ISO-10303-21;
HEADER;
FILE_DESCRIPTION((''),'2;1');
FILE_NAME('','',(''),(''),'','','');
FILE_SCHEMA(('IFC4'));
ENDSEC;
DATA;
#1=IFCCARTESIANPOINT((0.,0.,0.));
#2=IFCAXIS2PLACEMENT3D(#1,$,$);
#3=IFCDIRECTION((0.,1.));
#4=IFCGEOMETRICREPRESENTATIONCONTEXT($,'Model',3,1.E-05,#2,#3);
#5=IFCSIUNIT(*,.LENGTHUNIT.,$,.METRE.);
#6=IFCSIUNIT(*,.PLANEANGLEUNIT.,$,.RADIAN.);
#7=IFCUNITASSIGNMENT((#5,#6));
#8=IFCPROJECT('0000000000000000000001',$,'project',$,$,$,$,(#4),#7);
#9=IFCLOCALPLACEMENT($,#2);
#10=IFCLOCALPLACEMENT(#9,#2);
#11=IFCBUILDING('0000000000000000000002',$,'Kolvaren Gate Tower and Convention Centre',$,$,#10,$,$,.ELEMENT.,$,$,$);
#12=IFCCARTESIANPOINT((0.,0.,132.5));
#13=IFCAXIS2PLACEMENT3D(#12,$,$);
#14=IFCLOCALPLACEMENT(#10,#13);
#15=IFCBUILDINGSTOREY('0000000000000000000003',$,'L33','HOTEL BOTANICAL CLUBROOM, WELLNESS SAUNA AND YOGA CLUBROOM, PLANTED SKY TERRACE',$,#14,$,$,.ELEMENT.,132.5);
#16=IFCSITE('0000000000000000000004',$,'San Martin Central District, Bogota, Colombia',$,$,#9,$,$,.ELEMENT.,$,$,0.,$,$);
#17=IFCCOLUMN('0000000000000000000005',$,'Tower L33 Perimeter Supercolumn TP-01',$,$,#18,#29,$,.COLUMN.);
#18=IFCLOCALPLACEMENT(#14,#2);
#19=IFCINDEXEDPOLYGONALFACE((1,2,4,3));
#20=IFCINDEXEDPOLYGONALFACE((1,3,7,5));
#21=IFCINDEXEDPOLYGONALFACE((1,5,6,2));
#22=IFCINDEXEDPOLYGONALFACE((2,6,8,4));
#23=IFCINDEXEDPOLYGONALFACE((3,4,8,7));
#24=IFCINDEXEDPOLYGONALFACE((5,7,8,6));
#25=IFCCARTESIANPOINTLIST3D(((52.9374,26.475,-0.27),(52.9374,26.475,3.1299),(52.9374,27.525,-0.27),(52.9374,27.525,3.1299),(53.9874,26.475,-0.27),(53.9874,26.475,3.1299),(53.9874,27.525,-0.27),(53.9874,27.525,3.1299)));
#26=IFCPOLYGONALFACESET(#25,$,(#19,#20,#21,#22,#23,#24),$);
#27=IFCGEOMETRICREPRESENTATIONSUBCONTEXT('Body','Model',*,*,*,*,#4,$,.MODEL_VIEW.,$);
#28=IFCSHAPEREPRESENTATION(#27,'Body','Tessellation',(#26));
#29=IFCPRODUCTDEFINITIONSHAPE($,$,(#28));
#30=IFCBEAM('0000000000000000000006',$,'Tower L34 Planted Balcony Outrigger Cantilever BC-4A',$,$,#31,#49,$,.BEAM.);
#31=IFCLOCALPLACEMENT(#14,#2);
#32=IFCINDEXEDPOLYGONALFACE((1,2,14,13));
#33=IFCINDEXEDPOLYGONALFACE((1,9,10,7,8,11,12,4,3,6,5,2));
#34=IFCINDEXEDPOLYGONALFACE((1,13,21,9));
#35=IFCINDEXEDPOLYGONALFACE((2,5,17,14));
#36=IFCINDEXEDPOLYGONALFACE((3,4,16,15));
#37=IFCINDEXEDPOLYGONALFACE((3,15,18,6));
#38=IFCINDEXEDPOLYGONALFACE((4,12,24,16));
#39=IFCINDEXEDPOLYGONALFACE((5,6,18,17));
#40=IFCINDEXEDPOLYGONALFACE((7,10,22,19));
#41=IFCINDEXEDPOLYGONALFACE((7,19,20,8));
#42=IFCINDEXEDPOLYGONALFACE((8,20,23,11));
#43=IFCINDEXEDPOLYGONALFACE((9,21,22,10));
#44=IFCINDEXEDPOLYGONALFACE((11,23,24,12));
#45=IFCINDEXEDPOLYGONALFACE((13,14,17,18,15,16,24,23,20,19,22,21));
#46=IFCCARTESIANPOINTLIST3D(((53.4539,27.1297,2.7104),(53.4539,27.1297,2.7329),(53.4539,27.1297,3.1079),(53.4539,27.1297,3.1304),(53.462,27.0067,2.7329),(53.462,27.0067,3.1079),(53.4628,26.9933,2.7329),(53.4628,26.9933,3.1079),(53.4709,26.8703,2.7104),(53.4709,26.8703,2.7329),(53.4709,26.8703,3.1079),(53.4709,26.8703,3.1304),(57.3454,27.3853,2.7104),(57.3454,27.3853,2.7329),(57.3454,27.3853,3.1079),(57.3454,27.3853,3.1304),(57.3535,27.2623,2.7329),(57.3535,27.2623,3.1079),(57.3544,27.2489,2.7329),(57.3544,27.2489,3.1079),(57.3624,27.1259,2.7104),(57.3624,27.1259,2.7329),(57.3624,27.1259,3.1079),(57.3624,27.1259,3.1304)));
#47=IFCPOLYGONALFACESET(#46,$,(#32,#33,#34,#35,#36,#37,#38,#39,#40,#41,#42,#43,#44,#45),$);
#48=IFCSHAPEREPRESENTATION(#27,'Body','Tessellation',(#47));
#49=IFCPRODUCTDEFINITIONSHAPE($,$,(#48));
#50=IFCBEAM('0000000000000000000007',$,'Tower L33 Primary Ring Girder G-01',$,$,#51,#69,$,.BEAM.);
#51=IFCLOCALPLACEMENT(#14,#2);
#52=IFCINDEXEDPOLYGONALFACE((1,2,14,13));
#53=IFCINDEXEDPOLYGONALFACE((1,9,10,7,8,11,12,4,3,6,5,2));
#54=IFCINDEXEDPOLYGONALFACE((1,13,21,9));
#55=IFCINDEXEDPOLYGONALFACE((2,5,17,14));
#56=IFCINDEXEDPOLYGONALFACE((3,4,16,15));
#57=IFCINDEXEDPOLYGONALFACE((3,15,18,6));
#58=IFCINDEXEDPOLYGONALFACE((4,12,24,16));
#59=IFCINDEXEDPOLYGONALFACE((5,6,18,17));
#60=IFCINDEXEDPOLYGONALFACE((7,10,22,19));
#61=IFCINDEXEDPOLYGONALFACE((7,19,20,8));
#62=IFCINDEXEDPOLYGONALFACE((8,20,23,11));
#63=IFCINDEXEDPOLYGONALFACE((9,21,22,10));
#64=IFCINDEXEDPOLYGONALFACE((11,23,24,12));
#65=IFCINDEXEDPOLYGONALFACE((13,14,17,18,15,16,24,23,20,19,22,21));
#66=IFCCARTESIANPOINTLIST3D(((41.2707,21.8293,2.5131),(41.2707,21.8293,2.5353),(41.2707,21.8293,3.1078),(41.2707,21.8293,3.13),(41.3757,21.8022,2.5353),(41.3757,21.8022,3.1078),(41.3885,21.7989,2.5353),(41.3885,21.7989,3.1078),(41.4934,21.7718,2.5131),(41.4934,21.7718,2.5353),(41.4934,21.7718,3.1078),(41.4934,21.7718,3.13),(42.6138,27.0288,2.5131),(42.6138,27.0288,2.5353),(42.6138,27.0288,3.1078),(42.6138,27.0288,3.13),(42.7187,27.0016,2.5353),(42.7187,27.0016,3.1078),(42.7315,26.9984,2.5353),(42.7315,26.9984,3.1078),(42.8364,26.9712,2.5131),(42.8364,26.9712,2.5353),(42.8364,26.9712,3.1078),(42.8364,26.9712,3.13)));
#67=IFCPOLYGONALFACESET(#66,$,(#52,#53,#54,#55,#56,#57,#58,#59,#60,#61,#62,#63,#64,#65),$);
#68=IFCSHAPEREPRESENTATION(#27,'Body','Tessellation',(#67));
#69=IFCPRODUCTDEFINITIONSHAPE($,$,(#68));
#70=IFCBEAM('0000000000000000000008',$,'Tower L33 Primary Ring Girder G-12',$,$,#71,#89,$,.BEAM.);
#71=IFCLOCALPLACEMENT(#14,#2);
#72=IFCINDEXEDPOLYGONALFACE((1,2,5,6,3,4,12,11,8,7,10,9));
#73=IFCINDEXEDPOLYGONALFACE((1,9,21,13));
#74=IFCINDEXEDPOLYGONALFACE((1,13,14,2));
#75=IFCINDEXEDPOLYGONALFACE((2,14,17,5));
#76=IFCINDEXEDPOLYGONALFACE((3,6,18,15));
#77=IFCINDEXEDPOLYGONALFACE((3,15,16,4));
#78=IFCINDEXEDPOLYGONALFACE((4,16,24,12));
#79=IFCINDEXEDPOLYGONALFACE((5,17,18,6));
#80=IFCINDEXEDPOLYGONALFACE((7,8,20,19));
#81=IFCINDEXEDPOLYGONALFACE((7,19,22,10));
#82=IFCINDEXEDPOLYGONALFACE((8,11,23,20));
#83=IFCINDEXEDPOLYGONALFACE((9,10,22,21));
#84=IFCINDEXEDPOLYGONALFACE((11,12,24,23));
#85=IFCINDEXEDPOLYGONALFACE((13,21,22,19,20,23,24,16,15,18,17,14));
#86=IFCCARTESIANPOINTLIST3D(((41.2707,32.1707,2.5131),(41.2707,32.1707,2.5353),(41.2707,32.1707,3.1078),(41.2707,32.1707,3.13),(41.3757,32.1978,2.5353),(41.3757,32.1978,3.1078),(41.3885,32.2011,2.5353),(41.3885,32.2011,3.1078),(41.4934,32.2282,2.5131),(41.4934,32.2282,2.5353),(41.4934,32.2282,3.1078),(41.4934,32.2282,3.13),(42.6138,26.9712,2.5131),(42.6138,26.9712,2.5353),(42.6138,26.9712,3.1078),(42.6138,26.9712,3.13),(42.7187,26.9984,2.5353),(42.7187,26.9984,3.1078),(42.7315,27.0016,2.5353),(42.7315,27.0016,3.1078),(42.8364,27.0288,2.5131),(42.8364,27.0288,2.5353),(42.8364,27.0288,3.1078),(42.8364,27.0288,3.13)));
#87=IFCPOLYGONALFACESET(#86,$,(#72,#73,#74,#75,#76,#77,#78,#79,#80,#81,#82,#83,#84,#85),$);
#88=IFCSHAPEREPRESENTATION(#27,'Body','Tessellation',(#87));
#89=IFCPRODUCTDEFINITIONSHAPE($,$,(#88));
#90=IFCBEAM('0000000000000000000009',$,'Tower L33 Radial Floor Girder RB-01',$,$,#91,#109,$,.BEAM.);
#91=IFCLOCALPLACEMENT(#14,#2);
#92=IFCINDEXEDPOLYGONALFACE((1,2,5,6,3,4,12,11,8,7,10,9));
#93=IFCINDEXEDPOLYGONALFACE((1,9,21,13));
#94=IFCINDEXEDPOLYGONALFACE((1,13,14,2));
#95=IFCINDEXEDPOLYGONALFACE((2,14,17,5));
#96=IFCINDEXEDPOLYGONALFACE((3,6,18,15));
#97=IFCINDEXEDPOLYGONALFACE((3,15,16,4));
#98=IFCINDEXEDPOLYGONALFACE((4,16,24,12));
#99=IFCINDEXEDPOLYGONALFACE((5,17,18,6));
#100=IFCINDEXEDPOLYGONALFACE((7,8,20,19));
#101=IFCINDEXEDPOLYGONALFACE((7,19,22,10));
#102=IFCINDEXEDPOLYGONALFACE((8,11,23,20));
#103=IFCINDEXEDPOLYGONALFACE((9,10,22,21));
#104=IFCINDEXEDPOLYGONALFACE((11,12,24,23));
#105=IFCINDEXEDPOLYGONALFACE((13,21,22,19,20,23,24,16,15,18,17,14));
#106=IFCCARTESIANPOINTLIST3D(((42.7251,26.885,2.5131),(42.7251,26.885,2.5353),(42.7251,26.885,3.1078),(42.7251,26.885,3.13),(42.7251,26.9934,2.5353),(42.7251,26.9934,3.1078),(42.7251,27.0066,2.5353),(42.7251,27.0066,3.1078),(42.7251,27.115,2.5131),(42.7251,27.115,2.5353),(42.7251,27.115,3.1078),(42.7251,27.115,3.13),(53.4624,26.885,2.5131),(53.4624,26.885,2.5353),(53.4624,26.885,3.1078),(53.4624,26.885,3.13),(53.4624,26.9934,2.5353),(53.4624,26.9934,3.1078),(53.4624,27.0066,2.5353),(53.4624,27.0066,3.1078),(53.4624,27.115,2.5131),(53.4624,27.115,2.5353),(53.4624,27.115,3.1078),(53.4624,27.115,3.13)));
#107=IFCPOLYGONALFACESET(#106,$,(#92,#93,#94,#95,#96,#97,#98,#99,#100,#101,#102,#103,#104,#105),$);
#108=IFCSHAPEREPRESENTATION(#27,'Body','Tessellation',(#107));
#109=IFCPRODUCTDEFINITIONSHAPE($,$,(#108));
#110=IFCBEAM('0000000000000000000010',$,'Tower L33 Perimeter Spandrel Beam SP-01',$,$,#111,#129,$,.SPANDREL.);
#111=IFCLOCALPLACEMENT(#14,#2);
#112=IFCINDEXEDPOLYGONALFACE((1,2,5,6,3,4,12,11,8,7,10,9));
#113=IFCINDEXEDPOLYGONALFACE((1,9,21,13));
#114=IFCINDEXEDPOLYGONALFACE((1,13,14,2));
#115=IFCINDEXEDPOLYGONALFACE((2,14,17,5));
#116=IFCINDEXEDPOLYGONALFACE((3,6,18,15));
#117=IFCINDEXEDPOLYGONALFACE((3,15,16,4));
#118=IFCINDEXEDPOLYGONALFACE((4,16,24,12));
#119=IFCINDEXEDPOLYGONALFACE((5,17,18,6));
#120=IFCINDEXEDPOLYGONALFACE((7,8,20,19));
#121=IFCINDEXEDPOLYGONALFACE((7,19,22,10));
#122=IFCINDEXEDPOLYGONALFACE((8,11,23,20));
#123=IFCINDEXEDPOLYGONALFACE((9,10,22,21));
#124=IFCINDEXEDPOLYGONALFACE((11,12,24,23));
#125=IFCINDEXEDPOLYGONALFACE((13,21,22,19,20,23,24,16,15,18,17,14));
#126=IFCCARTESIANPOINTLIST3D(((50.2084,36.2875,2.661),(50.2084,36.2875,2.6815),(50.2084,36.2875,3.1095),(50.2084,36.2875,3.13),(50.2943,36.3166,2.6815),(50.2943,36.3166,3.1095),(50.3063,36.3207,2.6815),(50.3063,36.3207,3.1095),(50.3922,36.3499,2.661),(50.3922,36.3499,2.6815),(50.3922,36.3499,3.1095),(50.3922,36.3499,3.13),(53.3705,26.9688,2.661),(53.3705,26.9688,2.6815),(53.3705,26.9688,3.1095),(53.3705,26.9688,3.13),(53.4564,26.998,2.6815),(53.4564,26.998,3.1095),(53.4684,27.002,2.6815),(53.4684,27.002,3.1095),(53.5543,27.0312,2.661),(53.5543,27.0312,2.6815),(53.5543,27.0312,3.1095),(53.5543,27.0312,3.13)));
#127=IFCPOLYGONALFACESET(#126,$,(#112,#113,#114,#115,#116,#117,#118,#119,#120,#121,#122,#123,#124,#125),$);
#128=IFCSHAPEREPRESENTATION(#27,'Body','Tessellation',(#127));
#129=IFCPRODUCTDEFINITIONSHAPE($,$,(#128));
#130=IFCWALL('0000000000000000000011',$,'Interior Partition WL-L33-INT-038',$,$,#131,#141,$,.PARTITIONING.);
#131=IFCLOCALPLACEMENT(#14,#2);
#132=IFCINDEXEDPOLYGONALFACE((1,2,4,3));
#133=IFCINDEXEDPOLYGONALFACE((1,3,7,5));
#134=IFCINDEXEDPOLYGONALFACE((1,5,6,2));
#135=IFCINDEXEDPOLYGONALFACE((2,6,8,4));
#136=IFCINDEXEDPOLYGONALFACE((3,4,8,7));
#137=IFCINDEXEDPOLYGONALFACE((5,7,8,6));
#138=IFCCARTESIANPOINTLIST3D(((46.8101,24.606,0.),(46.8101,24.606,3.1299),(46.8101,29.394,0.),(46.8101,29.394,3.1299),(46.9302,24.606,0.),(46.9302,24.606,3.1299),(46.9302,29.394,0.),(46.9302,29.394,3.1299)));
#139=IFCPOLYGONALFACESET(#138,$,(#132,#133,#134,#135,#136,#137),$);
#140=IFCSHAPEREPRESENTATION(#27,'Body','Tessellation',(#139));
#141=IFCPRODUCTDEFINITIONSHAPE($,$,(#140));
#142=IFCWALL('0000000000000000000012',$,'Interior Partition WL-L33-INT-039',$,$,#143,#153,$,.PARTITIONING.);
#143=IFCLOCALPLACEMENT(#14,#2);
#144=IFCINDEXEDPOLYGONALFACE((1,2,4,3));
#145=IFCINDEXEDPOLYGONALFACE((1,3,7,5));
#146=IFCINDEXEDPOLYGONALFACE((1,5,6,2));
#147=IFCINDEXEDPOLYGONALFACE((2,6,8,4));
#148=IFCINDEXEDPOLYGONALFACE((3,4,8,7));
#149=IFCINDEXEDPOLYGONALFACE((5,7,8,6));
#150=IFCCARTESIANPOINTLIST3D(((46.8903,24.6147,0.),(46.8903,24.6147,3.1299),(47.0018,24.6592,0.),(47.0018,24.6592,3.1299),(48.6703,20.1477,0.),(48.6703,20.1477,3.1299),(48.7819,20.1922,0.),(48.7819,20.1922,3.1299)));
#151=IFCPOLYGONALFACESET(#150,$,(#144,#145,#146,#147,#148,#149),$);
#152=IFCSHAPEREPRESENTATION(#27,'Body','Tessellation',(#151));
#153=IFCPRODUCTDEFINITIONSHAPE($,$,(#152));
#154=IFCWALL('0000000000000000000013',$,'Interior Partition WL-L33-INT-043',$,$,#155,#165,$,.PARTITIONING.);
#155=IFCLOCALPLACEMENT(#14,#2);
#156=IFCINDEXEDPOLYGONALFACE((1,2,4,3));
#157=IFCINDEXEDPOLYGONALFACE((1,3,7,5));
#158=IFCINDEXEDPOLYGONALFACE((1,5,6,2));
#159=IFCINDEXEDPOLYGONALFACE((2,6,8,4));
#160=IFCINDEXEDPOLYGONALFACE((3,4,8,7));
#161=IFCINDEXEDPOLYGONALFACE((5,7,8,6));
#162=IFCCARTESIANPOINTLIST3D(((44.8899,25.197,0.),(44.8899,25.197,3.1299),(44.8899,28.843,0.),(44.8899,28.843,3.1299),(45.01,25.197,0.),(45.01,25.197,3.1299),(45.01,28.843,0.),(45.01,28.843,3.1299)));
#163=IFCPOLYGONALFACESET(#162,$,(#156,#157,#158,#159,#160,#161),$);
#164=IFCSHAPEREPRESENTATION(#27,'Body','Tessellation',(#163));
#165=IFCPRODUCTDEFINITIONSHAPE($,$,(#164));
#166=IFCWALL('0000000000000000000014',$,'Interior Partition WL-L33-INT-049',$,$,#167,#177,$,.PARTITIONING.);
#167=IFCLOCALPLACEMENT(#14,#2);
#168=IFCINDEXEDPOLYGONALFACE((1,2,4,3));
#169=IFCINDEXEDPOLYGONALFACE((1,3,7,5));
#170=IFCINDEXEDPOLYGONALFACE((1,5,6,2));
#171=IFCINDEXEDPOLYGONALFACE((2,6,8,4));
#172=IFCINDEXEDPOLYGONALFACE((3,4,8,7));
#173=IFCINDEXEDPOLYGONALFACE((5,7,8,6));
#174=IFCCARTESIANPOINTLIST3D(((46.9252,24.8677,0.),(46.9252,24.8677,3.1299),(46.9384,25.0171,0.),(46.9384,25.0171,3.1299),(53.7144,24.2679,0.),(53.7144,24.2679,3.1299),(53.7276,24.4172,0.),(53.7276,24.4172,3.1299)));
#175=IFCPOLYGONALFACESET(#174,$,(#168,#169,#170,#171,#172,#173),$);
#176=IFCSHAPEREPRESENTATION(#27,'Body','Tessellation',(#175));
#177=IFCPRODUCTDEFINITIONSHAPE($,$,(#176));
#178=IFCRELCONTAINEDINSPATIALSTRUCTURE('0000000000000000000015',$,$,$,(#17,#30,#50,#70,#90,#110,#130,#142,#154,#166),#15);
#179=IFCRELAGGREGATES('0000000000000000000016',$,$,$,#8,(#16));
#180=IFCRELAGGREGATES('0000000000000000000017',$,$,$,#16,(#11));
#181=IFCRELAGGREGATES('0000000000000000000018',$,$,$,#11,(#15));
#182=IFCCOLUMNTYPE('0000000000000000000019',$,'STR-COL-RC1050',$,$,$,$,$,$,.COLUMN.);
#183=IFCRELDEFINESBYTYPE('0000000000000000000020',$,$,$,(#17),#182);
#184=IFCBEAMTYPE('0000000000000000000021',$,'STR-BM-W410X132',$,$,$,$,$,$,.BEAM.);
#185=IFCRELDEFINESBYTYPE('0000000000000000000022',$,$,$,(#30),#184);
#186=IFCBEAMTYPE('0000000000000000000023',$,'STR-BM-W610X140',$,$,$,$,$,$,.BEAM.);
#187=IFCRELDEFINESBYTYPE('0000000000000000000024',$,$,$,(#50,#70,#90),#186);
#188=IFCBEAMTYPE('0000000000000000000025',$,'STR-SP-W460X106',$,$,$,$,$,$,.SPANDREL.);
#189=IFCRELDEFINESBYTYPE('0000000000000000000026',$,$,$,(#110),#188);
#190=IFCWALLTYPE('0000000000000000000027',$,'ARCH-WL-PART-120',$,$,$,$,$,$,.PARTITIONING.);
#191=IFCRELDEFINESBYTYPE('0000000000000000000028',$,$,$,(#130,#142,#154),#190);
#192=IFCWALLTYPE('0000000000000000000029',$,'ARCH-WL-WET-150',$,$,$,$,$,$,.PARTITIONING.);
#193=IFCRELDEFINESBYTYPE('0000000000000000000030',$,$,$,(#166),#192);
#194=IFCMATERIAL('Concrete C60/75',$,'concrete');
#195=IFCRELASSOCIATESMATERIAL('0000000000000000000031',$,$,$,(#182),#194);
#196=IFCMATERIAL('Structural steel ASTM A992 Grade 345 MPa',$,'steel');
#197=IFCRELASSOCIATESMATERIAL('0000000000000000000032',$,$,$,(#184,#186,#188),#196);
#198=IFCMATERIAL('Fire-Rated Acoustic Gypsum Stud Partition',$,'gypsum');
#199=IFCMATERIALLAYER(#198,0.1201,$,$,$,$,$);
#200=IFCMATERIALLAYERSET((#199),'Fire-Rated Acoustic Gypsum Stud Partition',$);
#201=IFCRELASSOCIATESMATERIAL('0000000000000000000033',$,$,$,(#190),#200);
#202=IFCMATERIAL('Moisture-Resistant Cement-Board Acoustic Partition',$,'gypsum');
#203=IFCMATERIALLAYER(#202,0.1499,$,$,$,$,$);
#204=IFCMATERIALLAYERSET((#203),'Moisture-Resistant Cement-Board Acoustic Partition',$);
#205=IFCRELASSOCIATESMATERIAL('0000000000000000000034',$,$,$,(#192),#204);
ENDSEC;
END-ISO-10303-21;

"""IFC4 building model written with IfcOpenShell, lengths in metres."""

from ifc_helpers import new_model, si_unit, direction, frame, frame_2d, origin, origin_2d, place, context, subcontext, project, spatial, rectangle, i_section, extrude, material, layer, layer_set, material_profile, profile_set, type_object, element, save


model = new_model("IFC4")

# Units and contexts
model_context = context("Model", 3, precision=1e-05, world=origin(), true_north=direction((0.0, 1.0)))
body_context = subcontext(model_context, "Body", "Model", "MODEL_VIEW")
ifc_project = project(units=[si_unit("LENGTHUNIT", "METRE"), si_unit("PLANEANGLEUNIT", "RADIAN")], contexts=[model_context])

# Site, building, storey
site_placement = place(None, origin())
site = spatial("IfcSite", under=ifc_project, at=site_placement, Name="San Martin Central District, Bogota, Colombia", CompositionType="ELEMENT", RefElevation=0.0)
building_placement = place(site_placement, origin())
building = spatial("IfcBuilding", under=site, at=building_placement, Name="Kolvaren Gate Tower and Convention Centre", CompositionType="ELEMENT")
storey_placement = place(building_placement, frame((0.0, 0.0, 132.5)))
storey = spatial("IfcBuildingStorey", under=building, at=storey_placement, Name="L33", Description="HOTEL BOTANICAL CLUBROOM, WELLNESS SAUNA AND YOGA CLUBROOM, PLANTED SKY TERRACE", CompositionType="ELEMENT", Elevation=132.5)

# Column
ifc_material_1 = material(Name="Concrete C60/75", Category="concrete")
ifc_material_profile_1 = material_profile(ifc_material_1, rectangle(XDim=1.05, YDim=1.05, at=origin_2d()), Name="RC-COL-1050X1050")
ifc_profile_set_1 = profile_set([ifc_material_profile_1], Name="Concrete C60/75")
column_type = type_object("IfcColumnType", Name="STR-COL-RC1050", PredefinedType="COLUMN", material=ifc_profile_set_1)
column_placement = place(storey_placement, frame((53.4624, 27.0, -0.27), z_axis=(0.0, 0.0, 1.0), x_axis=(1.0, 0.0, 0.0)))
element("IfcColumn", 1, at=column_placement, inside=storey, type_object=column_type, Name="Tower L33 Perimeter Supercolumn TP-01", PredefinedType="COLUMN", context=body_context, shape_type="SweptSolid", body=[
    extrude(rectangle(XDim=1.05, YDim=1.05, at=origin_2d()), origin(), (0.0, 0.0, 1.0), 3.3999),
])

# Beams
ifc_material_2 = material(Name="Structural steel ASTM A992 Grade 345 MPa", Category="steel")
ifc_material_profile_2 = material_profile(ifc_material_2, i_section(OverallWidth=0.26, OverallDepth=0.4199, WebThickness=0.0134, FlangeThickness=0.0225, at=origin_2d()), Name="W410X132")
ifc_profile_set_2 = profile_set([ifc_material_profile_2], Name="Structural steel ASTM A992 Grade 345 MPa")
beam_type_1 = type_object("IfcBeamType", Name="STR-BM-W410X132", PredefinedType="BEAM", material=ifc_profile_set_2)
beam_1_placement = place(storey_placement, frame((53.4624, 27.0, 2.9204), z_axis=(0.99785, 0.065543, 0.0), x_axis=(-0.065543, 0.99785, 0.0)))
element("IfcBeam", 2, at=beam_1_placement, inside=storey, type_object=beam_type_1, Name="Tower L34 Planted Balcony Outrigger Cantilever BC-4A", PredefinedType="BEAM", context=body_context, shape_type="SweptSolid", body=[
    extrude(i_section(OverallWidth=0.26, OverallDepth=0.4199, WebThickness=0.0134, FlangeThickness=0.0225, at=origin_2d()), origin(), (0.0, 0.0, 1.0), 3.8999),
])
ifc_material_profile_3 = material_profile(ifc_material_2, i_section(OverallWidth=0.23, OverallDepth=0.6169, WebThickness=0.0132, FlangeThickness=0.0222, at=origin_2d()), Name="W610X140")
ifc_profile_set_3 = profile_set([ifc_material_profile_3], Name="Structural steel ASTM A992 Grade 345 MPa")
beam_type_2 = type_object("IfcBeamType", Name="STR-BM-W610X140", PredefinedType="BEAM", material=ifc_profile_set_3)
for number, where, z_axis, x_axis, name in (
    (3, (42.7251, 27.0, 2.8215), (-0.250091, -0.968222, 0.0), (0.968222, -0.250091, 0.0), "Tower L33 Primary Ring Girder G-01"),
    (4, (42.7251, 27.0, 2.8215), (-0.250091, 0.968222, 0.0), (-0.968222, -0.250091, 0.0), "Tower L33 Primary Ring Girder G-12"),
):
    element("IfcBeam", number, at=place(storey_placement, frame(where, z_axis=z_axis, x_axis=x_axis)), inside=storey, type_object=beam_type_2, Name=name, PredefinedType="BEAM", context=body_context, shape_type="SweptSolid", body=[
        extrude(i_section(OverallWidth=0.23, OverallDepth=0.6169, WebThickness=0.0132, FlangeThickness=0.0222, at=origin_2d()), origin(), (0.0, 0.0, 1.0), 5.3701),
    ])
beam_2_placement = place(storey_placement, frame((42.7251, 27.0, 2.8215), z_axis=(1.0, 0.0, 0.0), x_axis=(0.0, 1.0, 0.0)))
element("IfcBeam", 5, at=beam_2_placement, inside=storey, type_object=beam_type_2, Name="Tower L33 Radial Floor Girder RB-01", PredefinedType="BEAM", context=body_context, shape_type="SweptSolid", body=[
    extrude(i_section(OverallWidth=0.23, OverallDepth=0.6169, WebThickness=0.0132, FlangeThickness=0.0222, at=origin_2d()), origin(), (0.0, 0.0, 1.0), 10.7373),
])
ifc_material_profile_4 = material_profile(ifc_material_2, i_section(OverallWidth=0.1941, OverallDepth=0.469, WebThickness=0.0127, FlangeThickness=0.0205, at=origin_2d()), Name="W460X106")
ifc_profile_set_4 = profile_set([ifc_material_profile_4], Name="Structural steel ASTM A992 Grade 345 MPa")
beam_type_3 = type_object("IfcBeamType", Name="STR-SP-W460X106", PredefinedType="SPANDREL", material=ifc_profile_set_4)
beam_3_placement = place(storey_placement, frame((53.4624, 27.0, 2.8955), z_axis=(-0.321336, 0.946965, 0.0), x_axis=(-0.946965, -0.321336, 0.0)))
element("IfcBeam", 6, at=beam_3_placement, inside=storey, type_object=beam_type_3, Name="Tower L33 Perimeter Spandrel Beam SP-01", PredefinedType="SPANDREL", context=body_context, shape_type="SweptSolid", body=[
    extrude(i_section(OverallWidth=0.1941, OverallDepth=0.469, WebThickness=0.0127, FlangeThickness=0.0205, at=origin_2d()), origin(), (0.0, 0.0, 1.0), 9.8406),
])

# Walls
ifc_material_3 = material(Name="Fire-Rated Acoustic Gypsum Stud Partition", Category="gypsum")
ifc_layer_1 = layer(ifc_material_3, 0.1201)
ifc_layer_set_1 = layer_set([ifc_layer_1], Name="Fire-Rated Acoustic Gypsum Stud Partition")
wall_type_1 = type_object("IfcWallType", Name="ARCH-WL-PART-120", PredefinedType="PARTITIONING", material=ifc_layer_set_1)
wall_1_placement = place(storey_placement, frame((46.8701, 24.606, 0.0), z_axis=(0.0, 0.0, 1.0), x_axis=(0.0, 1.0, 0.0)))
element("IfcWall", 7, at=wall_1_placement, inside=storey, type_object=wall_type_1, Name="Interior Partition WL-L33-INT-038", PredefinedType="PARTITIONING", context=body_context, shape_type="SweptSolid", body=[
    extrude(rectangle(XDim=4.7881, YDim=0.1201, at=frame_2d((2.394, 0.0))), origin(), (0.0, 0.0, 1.0), 3.1299),
])
wall_2_placement = place(storey_placement, frame((46.946, 24.637, 0.0), z_axis=(0.0, 0.0, 1.0), x_axis=(0.370174, -0.928963, 0.0)))
element("IfcWall", 8, at=wall_2_placement, inside=storey, type_object=wall_type_1, Name="Interior Partition WL-L33-INT-039", PredefinedType="PARTITIONING", context=body_context, shape_type="SweptSolid", body=[
    extrude(rectangle(XDim=4.8086, YDim=0.1201, at=frame_2d((2.4043, 0.0))), origin(), (0.0, 0.0, 1.0), 3.1299),
])
wall_3_placement = place(storey_placement, frame((44.95, 25.197, 0.0), z_axis=(0.0, 0.0, 1.0), x_axis=(0.0, 1.0, 0.0)))
element("IfcWall", 9, at=wall_3_placement, inside=storey, type_object=wall_type_1, Name="Interior Partition WL-L33-INT-043", PredefinedType="PARTITIONING", context=body_context, shape_type="SweptSolid", body=[
    extrude(rectangle(XDim=3.646, YDim=0.1201, at=frame_2d((1.823, 0.0))), origin(), (0.0, 0.0, 1.0), 3.1299),
])
ifc_material_4 = material(Name="Moisture-Resistant Cement-Board Acoustic Partition", Category="gypsum")
ifc_layer_2 = layer(ifc_material_4, 0.1499)
ifc_layer_set_2 = layer_set([ifc_layer_2], Name="Moisture-Resistant Cement-Board Acoustic Partition")
wall_type_2 = type_object("IfcWallType", Name="ARCH-WL-WET-150", PredefinedType="PARTITIONING", material=ifc_layer_set_2)
wall_4_placement = place(storey_placement, frame((46.9319, 24.9424, 0.0), z_axis=(0.0, 0.0, 1.0), x_axis=(0.99612, -0.08801, 0.0)))
element("IfcWall", 10, at=wall_4_placement, inside=storey, type_object=wall_type_2, Name="Interior Partition WL-L33-INT-049", PredefinedType="PARTITIONING", context=body_context, shape_type="SweptSolid", body=[
    extrude(rectangle(XDim=6.8157, YDim=0.1499, at=frame_2d((3.4077, 0.0))), origin(), (0.0, 0.0, 1.0), 3.1299),
])

save(model, "model.ifc")
